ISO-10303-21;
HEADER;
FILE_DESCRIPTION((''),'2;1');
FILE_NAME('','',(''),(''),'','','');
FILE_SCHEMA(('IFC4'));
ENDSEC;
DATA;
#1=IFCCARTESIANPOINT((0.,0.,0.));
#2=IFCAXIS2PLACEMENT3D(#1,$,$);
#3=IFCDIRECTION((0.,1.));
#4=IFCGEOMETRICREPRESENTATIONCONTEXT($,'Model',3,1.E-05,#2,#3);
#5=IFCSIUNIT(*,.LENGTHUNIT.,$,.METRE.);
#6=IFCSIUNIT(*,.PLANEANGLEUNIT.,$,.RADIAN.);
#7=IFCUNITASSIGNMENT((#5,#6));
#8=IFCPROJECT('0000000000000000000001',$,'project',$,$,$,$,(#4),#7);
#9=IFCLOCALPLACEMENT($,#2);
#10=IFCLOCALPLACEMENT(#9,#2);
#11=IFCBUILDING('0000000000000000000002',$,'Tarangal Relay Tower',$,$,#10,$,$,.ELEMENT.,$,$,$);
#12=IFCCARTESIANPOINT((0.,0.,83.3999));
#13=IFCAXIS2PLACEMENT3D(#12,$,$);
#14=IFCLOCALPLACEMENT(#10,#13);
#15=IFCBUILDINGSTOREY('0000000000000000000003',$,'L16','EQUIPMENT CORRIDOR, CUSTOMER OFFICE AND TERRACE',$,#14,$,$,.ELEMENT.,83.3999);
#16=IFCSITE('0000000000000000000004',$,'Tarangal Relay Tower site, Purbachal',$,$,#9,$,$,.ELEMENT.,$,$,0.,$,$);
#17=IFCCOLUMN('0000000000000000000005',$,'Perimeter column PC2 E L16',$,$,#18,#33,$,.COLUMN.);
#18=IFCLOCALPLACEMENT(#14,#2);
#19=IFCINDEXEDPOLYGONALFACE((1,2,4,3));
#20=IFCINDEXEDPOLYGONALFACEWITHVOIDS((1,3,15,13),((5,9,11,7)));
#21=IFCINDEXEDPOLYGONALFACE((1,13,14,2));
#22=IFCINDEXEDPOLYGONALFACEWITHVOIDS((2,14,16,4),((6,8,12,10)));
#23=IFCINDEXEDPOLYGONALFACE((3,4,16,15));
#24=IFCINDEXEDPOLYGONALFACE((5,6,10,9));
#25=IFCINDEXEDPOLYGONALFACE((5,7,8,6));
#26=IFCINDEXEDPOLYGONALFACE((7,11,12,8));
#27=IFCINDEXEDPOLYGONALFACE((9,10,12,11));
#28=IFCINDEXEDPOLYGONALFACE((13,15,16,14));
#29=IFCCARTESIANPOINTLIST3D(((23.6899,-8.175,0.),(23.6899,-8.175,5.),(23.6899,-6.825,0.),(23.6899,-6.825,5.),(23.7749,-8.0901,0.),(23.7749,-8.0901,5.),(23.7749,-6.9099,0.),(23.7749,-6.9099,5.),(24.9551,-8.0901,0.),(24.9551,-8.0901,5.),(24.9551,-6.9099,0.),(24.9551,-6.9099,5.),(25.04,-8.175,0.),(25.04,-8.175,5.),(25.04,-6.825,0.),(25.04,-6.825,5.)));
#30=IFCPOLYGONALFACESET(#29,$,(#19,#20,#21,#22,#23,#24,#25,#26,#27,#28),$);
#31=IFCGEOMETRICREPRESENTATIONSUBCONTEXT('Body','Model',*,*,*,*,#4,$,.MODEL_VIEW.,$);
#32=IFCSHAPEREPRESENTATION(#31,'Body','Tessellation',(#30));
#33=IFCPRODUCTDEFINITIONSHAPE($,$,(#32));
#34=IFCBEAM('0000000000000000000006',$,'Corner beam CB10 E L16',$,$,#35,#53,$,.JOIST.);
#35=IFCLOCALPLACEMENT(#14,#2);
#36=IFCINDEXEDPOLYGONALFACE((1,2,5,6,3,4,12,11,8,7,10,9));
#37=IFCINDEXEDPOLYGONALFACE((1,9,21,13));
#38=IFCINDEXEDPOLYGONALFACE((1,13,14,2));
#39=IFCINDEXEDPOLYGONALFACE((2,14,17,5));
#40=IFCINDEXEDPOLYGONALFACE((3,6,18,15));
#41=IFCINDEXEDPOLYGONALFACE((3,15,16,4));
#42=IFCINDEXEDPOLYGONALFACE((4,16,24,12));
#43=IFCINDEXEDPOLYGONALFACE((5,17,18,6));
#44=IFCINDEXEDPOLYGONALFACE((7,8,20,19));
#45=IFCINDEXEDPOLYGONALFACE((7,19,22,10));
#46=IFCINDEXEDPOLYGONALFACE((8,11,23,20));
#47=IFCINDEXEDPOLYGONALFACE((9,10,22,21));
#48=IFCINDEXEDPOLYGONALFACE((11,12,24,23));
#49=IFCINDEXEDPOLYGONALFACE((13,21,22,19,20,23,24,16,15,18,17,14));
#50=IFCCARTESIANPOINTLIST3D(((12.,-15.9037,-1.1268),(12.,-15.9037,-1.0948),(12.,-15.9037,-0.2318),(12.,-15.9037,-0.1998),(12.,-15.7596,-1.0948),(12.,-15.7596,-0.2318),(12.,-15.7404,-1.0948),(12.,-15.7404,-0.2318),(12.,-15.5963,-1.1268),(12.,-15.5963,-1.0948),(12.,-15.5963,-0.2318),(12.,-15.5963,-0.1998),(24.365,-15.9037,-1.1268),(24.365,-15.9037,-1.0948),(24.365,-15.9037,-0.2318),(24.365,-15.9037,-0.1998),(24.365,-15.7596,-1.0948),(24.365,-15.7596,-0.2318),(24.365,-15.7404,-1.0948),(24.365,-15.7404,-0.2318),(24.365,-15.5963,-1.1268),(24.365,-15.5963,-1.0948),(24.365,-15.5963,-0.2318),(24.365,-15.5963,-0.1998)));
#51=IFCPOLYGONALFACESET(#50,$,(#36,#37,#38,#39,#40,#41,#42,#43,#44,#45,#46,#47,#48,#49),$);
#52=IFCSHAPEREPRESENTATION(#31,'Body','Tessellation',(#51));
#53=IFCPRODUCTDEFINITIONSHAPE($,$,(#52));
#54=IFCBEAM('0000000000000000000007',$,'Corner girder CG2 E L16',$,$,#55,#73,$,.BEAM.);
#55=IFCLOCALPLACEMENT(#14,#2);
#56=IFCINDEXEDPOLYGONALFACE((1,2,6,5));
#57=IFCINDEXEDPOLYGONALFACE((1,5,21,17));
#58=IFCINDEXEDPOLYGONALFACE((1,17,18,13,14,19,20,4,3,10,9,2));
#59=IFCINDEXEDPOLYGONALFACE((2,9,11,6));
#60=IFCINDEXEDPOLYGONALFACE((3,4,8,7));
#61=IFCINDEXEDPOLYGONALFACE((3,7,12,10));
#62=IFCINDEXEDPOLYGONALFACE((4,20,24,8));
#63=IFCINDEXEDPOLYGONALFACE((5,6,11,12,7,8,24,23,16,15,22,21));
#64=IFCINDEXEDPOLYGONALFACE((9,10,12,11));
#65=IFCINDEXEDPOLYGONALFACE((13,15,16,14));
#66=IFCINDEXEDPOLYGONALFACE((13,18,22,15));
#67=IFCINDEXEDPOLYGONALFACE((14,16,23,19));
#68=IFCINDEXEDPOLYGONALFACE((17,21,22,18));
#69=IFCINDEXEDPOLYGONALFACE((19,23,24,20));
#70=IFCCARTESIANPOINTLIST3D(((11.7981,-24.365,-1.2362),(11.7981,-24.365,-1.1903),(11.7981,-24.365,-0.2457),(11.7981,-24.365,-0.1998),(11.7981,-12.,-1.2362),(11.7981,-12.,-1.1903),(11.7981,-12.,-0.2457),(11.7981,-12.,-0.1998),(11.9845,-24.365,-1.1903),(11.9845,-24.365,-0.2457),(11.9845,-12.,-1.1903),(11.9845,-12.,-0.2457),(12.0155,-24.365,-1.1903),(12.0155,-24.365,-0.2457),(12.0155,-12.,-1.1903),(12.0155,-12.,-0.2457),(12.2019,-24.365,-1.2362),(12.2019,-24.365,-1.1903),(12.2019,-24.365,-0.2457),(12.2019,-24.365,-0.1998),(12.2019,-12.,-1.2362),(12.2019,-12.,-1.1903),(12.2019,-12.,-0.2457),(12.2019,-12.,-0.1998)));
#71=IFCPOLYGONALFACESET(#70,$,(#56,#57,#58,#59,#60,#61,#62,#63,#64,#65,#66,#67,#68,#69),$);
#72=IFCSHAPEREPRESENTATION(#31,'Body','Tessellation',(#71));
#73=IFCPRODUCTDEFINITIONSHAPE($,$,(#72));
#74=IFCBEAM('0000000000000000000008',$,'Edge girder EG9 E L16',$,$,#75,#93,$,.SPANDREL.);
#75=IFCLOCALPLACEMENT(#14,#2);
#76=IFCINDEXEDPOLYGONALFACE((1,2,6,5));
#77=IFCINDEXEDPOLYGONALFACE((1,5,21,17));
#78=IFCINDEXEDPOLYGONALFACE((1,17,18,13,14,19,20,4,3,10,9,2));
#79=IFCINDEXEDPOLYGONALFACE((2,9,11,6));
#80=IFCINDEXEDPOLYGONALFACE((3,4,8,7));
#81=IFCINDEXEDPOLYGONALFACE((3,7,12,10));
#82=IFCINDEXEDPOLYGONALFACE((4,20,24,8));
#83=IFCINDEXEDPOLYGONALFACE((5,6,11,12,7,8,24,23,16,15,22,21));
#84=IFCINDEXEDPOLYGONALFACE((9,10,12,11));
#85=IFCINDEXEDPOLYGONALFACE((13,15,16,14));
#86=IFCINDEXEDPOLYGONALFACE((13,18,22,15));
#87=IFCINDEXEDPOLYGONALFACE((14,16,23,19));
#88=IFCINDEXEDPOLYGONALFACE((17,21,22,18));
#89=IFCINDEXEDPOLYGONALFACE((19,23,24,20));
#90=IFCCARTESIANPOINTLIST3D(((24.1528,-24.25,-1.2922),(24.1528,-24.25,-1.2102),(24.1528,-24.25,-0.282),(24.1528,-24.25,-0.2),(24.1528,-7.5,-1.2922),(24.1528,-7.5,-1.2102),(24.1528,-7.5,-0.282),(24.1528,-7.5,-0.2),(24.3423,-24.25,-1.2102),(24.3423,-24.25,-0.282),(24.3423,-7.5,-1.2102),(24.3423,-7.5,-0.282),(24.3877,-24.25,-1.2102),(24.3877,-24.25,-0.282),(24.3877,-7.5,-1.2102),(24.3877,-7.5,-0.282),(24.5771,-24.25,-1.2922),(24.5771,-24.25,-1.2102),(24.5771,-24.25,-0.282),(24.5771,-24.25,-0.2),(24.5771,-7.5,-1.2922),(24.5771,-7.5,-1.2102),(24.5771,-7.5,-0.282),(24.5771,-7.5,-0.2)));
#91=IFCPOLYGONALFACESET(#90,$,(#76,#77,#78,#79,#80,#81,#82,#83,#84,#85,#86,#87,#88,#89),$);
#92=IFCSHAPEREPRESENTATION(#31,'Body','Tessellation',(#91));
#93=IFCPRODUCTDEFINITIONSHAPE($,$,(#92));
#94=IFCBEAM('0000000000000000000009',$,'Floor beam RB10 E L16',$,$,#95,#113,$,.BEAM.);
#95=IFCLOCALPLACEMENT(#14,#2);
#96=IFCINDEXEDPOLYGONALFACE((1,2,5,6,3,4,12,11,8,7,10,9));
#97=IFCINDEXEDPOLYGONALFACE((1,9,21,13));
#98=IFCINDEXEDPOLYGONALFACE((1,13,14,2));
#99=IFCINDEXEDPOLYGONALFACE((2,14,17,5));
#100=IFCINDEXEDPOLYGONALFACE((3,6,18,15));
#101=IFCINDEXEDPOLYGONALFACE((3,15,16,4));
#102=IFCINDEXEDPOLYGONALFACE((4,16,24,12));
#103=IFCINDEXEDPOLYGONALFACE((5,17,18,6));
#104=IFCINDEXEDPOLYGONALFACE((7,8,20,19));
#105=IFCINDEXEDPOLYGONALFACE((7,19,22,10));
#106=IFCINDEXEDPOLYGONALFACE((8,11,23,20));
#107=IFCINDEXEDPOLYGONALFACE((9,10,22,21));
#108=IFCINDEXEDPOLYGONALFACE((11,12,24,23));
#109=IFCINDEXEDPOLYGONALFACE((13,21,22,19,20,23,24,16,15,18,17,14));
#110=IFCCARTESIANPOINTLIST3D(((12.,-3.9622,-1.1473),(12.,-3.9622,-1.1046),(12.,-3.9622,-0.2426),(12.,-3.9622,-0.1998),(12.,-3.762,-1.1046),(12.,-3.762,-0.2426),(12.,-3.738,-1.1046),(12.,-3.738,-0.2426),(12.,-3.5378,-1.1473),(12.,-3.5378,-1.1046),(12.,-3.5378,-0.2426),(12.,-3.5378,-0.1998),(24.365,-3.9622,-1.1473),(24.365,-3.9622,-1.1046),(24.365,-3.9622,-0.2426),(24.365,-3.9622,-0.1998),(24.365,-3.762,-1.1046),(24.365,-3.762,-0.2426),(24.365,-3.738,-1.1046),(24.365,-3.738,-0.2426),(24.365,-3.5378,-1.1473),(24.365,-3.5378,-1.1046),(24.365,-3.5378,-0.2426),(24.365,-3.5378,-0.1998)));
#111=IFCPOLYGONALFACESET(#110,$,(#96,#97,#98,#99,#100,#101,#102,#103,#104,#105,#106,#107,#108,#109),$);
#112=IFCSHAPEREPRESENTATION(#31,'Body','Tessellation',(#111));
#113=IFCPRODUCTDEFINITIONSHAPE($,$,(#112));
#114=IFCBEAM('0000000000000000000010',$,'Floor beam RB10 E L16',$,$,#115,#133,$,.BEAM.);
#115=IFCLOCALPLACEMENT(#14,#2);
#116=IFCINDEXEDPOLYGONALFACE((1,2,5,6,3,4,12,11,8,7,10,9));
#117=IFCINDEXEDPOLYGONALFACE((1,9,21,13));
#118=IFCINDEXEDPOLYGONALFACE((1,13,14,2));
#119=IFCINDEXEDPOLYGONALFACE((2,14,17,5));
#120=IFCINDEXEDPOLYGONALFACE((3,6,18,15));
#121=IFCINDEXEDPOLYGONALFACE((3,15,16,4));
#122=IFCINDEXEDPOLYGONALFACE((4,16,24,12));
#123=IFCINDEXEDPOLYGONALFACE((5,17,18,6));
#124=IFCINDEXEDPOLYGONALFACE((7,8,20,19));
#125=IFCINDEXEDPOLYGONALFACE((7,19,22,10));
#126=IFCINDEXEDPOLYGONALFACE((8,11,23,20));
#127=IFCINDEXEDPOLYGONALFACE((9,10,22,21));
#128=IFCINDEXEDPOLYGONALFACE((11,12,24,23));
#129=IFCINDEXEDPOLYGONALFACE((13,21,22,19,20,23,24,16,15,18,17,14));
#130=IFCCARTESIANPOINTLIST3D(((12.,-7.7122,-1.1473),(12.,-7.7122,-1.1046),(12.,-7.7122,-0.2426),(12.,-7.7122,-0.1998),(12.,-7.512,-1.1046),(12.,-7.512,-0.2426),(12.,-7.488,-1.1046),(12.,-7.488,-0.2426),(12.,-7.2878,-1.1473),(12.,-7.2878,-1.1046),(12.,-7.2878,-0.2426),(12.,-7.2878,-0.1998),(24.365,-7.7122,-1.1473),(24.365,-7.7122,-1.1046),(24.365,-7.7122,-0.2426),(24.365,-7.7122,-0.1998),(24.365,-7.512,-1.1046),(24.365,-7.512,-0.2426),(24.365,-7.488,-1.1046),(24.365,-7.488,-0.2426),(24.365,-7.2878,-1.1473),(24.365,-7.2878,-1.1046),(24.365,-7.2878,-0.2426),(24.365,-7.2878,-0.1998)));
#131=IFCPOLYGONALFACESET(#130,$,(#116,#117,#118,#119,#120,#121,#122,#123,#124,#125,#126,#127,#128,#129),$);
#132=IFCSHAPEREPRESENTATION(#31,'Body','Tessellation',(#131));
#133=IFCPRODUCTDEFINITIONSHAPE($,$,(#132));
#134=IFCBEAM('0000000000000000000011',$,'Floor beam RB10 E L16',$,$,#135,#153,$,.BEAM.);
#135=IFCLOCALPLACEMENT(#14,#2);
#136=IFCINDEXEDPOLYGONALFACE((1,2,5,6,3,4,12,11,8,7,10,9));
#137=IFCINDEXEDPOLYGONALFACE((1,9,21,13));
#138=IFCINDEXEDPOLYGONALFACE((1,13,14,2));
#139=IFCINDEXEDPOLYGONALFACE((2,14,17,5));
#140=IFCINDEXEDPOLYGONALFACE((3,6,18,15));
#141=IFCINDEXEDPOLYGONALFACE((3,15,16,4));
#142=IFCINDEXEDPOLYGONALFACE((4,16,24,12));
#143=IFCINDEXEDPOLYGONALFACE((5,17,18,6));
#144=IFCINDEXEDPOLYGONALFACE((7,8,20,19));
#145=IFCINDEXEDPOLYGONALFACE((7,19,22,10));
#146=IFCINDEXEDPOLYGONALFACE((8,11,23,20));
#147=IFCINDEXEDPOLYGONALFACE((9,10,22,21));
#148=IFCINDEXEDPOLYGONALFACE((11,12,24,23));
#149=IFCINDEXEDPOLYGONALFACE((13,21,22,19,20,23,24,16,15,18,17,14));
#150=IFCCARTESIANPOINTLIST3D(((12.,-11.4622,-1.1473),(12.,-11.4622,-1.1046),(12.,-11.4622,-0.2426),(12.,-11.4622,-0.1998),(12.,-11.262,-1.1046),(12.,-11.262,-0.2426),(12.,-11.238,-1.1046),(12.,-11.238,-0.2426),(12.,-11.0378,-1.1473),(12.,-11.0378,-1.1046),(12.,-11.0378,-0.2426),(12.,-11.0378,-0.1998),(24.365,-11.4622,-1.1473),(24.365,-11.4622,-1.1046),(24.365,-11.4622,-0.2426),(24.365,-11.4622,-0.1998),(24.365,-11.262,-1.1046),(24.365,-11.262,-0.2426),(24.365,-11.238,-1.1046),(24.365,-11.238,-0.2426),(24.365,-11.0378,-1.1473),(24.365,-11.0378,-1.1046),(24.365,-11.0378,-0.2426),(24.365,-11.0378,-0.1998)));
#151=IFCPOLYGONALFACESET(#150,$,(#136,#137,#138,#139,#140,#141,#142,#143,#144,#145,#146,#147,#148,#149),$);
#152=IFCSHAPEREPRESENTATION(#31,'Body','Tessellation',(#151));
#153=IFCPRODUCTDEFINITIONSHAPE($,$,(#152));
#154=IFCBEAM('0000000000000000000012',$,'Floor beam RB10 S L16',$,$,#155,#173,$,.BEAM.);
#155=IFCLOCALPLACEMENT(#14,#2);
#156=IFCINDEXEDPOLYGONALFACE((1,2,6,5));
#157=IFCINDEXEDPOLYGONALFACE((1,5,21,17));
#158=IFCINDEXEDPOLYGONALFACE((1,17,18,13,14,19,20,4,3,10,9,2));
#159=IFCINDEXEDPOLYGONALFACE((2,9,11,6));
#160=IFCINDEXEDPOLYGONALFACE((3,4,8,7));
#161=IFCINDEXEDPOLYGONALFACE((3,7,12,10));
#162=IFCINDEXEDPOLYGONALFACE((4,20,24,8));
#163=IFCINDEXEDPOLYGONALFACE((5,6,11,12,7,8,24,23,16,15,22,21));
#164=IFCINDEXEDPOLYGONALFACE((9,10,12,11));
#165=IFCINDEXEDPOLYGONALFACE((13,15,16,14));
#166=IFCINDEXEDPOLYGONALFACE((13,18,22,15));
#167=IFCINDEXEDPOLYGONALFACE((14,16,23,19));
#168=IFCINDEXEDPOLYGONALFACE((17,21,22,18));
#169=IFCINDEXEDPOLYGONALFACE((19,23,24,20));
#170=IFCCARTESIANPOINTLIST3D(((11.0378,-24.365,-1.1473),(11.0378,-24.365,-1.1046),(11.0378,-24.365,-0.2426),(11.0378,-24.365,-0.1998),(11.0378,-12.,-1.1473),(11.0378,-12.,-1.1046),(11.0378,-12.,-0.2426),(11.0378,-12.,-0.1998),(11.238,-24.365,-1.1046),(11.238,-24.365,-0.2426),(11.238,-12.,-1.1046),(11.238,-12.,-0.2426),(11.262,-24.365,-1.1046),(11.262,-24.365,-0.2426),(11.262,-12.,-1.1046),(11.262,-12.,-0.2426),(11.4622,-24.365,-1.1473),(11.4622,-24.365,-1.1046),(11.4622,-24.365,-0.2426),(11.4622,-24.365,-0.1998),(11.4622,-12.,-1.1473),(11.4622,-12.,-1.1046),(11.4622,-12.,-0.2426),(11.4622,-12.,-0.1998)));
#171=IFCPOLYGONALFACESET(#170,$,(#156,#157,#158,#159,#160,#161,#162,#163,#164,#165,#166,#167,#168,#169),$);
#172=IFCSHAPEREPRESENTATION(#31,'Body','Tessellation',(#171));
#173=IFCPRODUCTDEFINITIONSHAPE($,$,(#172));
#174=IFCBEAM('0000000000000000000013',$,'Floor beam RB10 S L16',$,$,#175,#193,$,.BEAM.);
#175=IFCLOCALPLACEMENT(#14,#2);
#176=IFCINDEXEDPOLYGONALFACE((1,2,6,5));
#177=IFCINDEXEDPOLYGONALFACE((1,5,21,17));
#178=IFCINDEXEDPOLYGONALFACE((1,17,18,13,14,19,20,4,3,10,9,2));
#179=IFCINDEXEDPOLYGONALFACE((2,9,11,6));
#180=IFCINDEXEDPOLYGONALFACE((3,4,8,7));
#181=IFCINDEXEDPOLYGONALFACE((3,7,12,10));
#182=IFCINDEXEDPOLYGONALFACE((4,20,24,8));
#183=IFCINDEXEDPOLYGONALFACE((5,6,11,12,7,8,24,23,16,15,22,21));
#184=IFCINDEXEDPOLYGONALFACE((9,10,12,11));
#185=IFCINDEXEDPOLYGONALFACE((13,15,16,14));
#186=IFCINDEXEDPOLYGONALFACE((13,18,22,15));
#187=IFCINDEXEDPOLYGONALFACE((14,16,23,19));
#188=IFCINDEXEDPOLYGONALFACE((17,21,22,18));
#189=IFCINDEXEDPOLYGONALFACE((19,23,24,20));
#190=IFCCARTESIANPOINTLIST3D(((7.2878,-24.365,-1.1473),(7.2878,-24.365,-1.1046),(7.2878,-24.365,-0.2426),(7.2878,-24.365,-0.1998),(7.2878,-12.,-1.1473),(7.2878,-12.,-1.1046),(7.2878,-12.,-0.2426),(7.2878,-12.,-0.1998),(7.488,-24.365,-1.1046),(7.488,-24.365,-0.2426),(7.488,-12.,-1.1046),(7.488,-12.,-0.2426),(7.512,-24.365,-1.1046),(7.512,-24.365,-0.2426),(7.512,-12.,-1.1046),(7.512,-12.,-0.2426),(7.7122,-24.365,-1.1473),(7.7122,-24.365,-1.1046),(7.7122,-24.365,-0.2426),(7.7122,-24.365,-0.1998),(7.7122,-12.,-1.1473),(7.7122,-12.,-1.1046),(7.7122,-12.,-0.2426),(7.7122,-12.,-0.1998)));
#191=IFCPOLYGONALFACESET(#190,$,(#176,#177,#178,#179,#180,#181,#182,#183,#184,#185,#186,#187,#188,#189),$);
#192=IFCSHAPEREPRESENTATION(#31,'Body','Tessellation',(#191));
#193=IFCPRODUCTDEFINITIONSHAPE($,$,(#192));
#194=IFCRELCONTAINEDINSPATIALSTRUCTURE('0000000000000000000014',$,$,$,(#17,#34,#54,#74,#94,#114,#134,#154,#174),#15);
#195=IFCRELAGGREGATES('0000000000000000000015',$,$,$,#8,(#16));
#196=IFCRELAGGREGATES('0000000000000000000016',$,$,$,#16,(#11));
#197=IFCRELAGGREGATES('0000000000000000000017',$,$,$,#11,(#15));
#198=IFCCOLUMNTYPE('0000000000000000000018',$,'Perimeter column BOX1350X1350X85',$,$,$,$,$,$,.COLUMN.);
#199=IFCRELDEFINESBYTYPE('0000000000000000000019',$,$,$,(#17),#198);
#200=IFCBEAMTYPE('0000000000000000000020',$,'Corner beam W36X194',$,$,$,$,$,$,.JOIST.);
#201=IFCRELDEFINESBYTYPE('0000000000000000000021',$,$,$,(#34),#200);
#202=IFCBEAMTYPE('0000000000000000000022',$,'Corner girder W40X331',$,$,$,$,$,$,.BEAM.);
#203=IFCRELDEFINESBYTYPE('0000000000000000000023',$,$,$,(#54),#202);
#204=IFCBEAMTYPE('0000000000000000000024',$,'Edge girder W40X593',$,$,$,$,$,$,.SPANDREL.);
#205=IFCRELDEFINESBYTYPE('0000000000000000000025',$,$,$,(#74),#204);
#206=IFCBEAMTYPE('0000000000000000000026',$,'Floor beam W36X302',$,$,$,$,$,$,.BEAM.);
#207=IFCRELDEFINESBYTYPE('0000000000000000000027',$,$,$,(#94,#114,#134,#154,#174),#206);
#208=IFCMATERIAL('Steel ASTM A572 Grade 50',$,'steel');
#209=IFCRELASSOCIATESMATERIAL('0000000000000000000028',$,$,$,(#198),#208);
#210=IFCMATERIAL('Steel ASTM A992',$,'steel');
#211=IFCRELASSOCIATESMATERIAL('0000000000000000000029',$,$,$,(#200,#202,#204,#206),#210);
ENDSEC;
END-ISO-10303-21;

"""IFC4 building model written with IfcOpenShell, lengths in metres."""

from ifc_helpers import new_model, si_unit, direction, frame, origin, origin_2d, place, context, subcontext, project, spatial, hollow_rectangle, i_section, extrude, material, material_profile, profile_set, type_object, element, save


model = new_model("IFC4")

# Units and contexts
model_context = context("Model", 3, precision=1e-05, world=origin(), true_north=direction((0.0, 1.0)))
body_context = subcontext(model_context, "Body", "Model", "MODEL_VIEW")
ifc_project = project(units=[si_unit("LENGTHUNIT", "METRE"), si_unit("PLANEANGLEUNIT", "RADIAN")], contexts=[model_context])

# Site, building, storey
site_placement = place(None, origin())
site = spatial("IfcSite", under=ifc_project, at=site_placement, Name="Tarangal Relay Tower site, Purbachal", CompositionType="ELEMENT", RefElevation=0.0)
building_placement = place(site_placement, origin())
building = spatial("IfcBuilding", under=site, at=building_placement, Name="Tarangal Relay Tower", CompositionType="ELEMENT")
storey_placement = place(building_placement, frame((0.0, 0.0, 83.3999)))
storey = spatial("IfcBuildingStorey", under=building, at=storey_placement, Name="L16", Description="EQUIPMENT CORRIDOR, CUSTOMER OFFICE AND TERRACE", CompositionType="ELEMENT", Elevation=83.3999)

# Column
ifc_material_1 = material(Name="Steel ASTM A572 Grade 50", Category="steel")
ifc_material_profile_1 = material_profile(ifc_material_1, hollow_rectangle(XDim=1.3501, YDim=1.3501, WallThickness=0.085, at=origin_2d()), Name="BOX1350X1350X85")
ifc_profile_set_1 = profile_set([ifc_material_profile_1], Name="Steel ASTM A572 Grade 50")
column_type = type_object("IfcColumnType", Name="Perimeter column BOX1350X1350X85", PredefinedType="COLUMN", material=ifc_profile_set_1)
column_placement = place(storey_placement, frame((24.365, -7.5, 0.0), z_axis=(0.0, 0.0, 1.0), x_axis=(1.0, 0.0, 0.0)))
element("IfcColumn", 1, at=column_placement, inside=storey, type_object=column_type, Name="Perimeter column PC2 E L16", PredefinedType="COLUMN", context=body_context, shape_type="SweptSolid", body=[
    extrude(hollow_rectangle(XDim=1.3501, YDim=1.3501, WallThickness=0.085, at=origin_2d()), origin(), (0.0, 0.0, 1.0), 5.0),
])

# Beams
ifc_material_2 = material(Name="Steel ASTM A992", Category="steel")
ifc_material_profile_2 = material_profile(ifc_material_2, i_section(OverallWidth=0.3074, OverallDepth=0.927, WebThickness=0.0193, FlangeThickness=0.032, at=origin_2d()), Name="W36X194")
ifc_profile_set_2 = profile_set([ifc_material_profile_2], Name="Steel ASTM A992")
beam_type_1 = type_object("IfcBeamType", Name="Corner beam W36X194", PredefinedType="JOIST", material=ifc_profile_set_2)
beam_1_placement = place(storey_placement, frame((12.0, -15.75, -0.6633), z_axis=(1.0, 0.0, 0.0), x_axis=(0.0, 1.0, 0.0)))
element("IfcBeam", 2, at=beam_1_placement, inside=storey, type_object=beam_type_1, Name="Corner beam CB10 E L16", PredefinedType="JOIST", context=body_context, shape_type="SweptSolid", body=[
    extrude(i_section(OverallWidth=0.3074, OverallDepth=0.927, WebThickness=0.0193, FlangeThickness=0.032, at=origin_2d()), origin(), (0.0, 0.0, 1.0), 12.365),
])
ifc_material_profile_3 = material_profile(ifc_material_2, i_section(OverallWidth=0.4038, OverallDepth=1.0364, WebThickness=0.031, FlangeThickness=0.0459, at=origin_2d()), Name="W40X331")
ifc_profile_set_3 = profile_set([ifc_material_profile_3], Name="Steel ASTM A992")
beam_type_2 = type_object("IfcBeamType", Name="Corner girder W40X331", PredefinedType="BEAM", material=ifc_profile_set_3)
beam_2_placement = place(storey_placement, frame((12.0, -12.0, -0.718), z_axis=(0.0, -1.0, 0.0), x_axis=(1.0, 0.0, 0.0)))
element("IfcBeam", 3, at=beam_2_placement, inside=storey, type_object=beam_type_2, Name="Corner girder CG2 E L16", PredefinedType="BEAM", context=body_context, shape_type="SweptSolid", body=[
    extrude(i_section(OverallWidth=0.4038, OverallDepth=1.0364, WebThickness=0.031, FlangeThickness=0.0459, at=origin_2d()), origin(), (0.0, 0.0, 1.0), 12.365),
])
ifc_material_profile_4 = material_profile(ifc_material_2, i_section(OverallWidth=0.4243, OverallDepth=1.0923, WebThickness=0.0454, FlangeThickness=0.082, at=origin_2d()), Name="W40X593")
ifc_profile_set_4 = profile_set([ifc_material_profile_4], Name="Steel ASTM A992")
beam_type_3 = type_object("IfcBeamType", Name="Edge girder W40X593", PredefinedType="SPANDREL", material=ifc_profile_set_4)
beam_3_placement = place(storey_placement, frame((24.365, -7.5, -0.7461), z_axis=(0.0, -1.0, 0.0), x_axis=(1.0, 0.0, 0.0)))
element("IfcBeam", 4, at=beam_3_placement, inside=storey, type_object=beam_type_3, Name="Edge girder EG9 E L16", PredefinedType="SPANDREL", context=body_context, shape_type="SweptSolid", body=[
    extrude(i_section(OverallWidth=0.4243, OverallDepth=1.0923, WebThickness=0.0454, FlangeThickness=0.082, at=origin_2d()), origin(), (0.0, 0.0, 1.0), 16.75),
])
ifc_material_profile_5 = material_profile(ifc_material_2, i_section(OverallWidth=0.4243, OverallDepth=0.9475, WebThickness=0.0239, FlangeThickness=0.0427, at=origin_2d()), Name="W36X302")
ifc_profile_set_5 = profile_set([ifc_material_profile_5], Name="Steel ASTM A992")
beam_type_4 = type_object("IfcBeamType", Name="Floor beam W36X302", PredefinedType="BEAM", material=ifc_profile_set_5)
for number, where, z_axis, x_axis, name in (
    (5, (12.0, -3.75, -0.6736), (1.0, 0.0, 0.0), (0.0, 1.0, 0.0), "Floor beam RB10 E L16"),
    (6, (12.0, -7.5, -0.6736), (1.0, 0.0, 0.0), (0.0, 1.0, 0.0), "Floor beam RB10 E L16"),
    (7, (12.0, -11.25, -0.6736), (1.0, 0.0, 0.0), (0.0, 1.0, 0.0), "Floor beam RB10 E L16"),
    (8, (11.25, -12.0, -0.6736), (0.0, -1.0, 0.0), (1.0, 0.0, 0.0), "Floor beam RB10 S L16"),
    (9, (7.5, -12.0, -0.6736), (0.0, -1.0, 0.0), (1.0, 0.0, 0.0), "Floor beam RB10 S L16"),
):
    element("IfcBeam", number, at=place(storey_placement, frame(where, z_axis=z_axis, x_axis=x_axis)), inside=storey, type_object=beam_type_4, Name=name, PredefinedType="BEAM", context=body_context, shape_type="SweptSolid", body=[
        extrude(i_section(OverallWidth=0.4243, OverallDepth=0.9475, WebThickness=0.0239, FlangeThickness=0.0427, at=origin_2d()), origin(), (0.0, 0.0, 1.0), 12.365),
    ])

save(model, "model.ifc")
